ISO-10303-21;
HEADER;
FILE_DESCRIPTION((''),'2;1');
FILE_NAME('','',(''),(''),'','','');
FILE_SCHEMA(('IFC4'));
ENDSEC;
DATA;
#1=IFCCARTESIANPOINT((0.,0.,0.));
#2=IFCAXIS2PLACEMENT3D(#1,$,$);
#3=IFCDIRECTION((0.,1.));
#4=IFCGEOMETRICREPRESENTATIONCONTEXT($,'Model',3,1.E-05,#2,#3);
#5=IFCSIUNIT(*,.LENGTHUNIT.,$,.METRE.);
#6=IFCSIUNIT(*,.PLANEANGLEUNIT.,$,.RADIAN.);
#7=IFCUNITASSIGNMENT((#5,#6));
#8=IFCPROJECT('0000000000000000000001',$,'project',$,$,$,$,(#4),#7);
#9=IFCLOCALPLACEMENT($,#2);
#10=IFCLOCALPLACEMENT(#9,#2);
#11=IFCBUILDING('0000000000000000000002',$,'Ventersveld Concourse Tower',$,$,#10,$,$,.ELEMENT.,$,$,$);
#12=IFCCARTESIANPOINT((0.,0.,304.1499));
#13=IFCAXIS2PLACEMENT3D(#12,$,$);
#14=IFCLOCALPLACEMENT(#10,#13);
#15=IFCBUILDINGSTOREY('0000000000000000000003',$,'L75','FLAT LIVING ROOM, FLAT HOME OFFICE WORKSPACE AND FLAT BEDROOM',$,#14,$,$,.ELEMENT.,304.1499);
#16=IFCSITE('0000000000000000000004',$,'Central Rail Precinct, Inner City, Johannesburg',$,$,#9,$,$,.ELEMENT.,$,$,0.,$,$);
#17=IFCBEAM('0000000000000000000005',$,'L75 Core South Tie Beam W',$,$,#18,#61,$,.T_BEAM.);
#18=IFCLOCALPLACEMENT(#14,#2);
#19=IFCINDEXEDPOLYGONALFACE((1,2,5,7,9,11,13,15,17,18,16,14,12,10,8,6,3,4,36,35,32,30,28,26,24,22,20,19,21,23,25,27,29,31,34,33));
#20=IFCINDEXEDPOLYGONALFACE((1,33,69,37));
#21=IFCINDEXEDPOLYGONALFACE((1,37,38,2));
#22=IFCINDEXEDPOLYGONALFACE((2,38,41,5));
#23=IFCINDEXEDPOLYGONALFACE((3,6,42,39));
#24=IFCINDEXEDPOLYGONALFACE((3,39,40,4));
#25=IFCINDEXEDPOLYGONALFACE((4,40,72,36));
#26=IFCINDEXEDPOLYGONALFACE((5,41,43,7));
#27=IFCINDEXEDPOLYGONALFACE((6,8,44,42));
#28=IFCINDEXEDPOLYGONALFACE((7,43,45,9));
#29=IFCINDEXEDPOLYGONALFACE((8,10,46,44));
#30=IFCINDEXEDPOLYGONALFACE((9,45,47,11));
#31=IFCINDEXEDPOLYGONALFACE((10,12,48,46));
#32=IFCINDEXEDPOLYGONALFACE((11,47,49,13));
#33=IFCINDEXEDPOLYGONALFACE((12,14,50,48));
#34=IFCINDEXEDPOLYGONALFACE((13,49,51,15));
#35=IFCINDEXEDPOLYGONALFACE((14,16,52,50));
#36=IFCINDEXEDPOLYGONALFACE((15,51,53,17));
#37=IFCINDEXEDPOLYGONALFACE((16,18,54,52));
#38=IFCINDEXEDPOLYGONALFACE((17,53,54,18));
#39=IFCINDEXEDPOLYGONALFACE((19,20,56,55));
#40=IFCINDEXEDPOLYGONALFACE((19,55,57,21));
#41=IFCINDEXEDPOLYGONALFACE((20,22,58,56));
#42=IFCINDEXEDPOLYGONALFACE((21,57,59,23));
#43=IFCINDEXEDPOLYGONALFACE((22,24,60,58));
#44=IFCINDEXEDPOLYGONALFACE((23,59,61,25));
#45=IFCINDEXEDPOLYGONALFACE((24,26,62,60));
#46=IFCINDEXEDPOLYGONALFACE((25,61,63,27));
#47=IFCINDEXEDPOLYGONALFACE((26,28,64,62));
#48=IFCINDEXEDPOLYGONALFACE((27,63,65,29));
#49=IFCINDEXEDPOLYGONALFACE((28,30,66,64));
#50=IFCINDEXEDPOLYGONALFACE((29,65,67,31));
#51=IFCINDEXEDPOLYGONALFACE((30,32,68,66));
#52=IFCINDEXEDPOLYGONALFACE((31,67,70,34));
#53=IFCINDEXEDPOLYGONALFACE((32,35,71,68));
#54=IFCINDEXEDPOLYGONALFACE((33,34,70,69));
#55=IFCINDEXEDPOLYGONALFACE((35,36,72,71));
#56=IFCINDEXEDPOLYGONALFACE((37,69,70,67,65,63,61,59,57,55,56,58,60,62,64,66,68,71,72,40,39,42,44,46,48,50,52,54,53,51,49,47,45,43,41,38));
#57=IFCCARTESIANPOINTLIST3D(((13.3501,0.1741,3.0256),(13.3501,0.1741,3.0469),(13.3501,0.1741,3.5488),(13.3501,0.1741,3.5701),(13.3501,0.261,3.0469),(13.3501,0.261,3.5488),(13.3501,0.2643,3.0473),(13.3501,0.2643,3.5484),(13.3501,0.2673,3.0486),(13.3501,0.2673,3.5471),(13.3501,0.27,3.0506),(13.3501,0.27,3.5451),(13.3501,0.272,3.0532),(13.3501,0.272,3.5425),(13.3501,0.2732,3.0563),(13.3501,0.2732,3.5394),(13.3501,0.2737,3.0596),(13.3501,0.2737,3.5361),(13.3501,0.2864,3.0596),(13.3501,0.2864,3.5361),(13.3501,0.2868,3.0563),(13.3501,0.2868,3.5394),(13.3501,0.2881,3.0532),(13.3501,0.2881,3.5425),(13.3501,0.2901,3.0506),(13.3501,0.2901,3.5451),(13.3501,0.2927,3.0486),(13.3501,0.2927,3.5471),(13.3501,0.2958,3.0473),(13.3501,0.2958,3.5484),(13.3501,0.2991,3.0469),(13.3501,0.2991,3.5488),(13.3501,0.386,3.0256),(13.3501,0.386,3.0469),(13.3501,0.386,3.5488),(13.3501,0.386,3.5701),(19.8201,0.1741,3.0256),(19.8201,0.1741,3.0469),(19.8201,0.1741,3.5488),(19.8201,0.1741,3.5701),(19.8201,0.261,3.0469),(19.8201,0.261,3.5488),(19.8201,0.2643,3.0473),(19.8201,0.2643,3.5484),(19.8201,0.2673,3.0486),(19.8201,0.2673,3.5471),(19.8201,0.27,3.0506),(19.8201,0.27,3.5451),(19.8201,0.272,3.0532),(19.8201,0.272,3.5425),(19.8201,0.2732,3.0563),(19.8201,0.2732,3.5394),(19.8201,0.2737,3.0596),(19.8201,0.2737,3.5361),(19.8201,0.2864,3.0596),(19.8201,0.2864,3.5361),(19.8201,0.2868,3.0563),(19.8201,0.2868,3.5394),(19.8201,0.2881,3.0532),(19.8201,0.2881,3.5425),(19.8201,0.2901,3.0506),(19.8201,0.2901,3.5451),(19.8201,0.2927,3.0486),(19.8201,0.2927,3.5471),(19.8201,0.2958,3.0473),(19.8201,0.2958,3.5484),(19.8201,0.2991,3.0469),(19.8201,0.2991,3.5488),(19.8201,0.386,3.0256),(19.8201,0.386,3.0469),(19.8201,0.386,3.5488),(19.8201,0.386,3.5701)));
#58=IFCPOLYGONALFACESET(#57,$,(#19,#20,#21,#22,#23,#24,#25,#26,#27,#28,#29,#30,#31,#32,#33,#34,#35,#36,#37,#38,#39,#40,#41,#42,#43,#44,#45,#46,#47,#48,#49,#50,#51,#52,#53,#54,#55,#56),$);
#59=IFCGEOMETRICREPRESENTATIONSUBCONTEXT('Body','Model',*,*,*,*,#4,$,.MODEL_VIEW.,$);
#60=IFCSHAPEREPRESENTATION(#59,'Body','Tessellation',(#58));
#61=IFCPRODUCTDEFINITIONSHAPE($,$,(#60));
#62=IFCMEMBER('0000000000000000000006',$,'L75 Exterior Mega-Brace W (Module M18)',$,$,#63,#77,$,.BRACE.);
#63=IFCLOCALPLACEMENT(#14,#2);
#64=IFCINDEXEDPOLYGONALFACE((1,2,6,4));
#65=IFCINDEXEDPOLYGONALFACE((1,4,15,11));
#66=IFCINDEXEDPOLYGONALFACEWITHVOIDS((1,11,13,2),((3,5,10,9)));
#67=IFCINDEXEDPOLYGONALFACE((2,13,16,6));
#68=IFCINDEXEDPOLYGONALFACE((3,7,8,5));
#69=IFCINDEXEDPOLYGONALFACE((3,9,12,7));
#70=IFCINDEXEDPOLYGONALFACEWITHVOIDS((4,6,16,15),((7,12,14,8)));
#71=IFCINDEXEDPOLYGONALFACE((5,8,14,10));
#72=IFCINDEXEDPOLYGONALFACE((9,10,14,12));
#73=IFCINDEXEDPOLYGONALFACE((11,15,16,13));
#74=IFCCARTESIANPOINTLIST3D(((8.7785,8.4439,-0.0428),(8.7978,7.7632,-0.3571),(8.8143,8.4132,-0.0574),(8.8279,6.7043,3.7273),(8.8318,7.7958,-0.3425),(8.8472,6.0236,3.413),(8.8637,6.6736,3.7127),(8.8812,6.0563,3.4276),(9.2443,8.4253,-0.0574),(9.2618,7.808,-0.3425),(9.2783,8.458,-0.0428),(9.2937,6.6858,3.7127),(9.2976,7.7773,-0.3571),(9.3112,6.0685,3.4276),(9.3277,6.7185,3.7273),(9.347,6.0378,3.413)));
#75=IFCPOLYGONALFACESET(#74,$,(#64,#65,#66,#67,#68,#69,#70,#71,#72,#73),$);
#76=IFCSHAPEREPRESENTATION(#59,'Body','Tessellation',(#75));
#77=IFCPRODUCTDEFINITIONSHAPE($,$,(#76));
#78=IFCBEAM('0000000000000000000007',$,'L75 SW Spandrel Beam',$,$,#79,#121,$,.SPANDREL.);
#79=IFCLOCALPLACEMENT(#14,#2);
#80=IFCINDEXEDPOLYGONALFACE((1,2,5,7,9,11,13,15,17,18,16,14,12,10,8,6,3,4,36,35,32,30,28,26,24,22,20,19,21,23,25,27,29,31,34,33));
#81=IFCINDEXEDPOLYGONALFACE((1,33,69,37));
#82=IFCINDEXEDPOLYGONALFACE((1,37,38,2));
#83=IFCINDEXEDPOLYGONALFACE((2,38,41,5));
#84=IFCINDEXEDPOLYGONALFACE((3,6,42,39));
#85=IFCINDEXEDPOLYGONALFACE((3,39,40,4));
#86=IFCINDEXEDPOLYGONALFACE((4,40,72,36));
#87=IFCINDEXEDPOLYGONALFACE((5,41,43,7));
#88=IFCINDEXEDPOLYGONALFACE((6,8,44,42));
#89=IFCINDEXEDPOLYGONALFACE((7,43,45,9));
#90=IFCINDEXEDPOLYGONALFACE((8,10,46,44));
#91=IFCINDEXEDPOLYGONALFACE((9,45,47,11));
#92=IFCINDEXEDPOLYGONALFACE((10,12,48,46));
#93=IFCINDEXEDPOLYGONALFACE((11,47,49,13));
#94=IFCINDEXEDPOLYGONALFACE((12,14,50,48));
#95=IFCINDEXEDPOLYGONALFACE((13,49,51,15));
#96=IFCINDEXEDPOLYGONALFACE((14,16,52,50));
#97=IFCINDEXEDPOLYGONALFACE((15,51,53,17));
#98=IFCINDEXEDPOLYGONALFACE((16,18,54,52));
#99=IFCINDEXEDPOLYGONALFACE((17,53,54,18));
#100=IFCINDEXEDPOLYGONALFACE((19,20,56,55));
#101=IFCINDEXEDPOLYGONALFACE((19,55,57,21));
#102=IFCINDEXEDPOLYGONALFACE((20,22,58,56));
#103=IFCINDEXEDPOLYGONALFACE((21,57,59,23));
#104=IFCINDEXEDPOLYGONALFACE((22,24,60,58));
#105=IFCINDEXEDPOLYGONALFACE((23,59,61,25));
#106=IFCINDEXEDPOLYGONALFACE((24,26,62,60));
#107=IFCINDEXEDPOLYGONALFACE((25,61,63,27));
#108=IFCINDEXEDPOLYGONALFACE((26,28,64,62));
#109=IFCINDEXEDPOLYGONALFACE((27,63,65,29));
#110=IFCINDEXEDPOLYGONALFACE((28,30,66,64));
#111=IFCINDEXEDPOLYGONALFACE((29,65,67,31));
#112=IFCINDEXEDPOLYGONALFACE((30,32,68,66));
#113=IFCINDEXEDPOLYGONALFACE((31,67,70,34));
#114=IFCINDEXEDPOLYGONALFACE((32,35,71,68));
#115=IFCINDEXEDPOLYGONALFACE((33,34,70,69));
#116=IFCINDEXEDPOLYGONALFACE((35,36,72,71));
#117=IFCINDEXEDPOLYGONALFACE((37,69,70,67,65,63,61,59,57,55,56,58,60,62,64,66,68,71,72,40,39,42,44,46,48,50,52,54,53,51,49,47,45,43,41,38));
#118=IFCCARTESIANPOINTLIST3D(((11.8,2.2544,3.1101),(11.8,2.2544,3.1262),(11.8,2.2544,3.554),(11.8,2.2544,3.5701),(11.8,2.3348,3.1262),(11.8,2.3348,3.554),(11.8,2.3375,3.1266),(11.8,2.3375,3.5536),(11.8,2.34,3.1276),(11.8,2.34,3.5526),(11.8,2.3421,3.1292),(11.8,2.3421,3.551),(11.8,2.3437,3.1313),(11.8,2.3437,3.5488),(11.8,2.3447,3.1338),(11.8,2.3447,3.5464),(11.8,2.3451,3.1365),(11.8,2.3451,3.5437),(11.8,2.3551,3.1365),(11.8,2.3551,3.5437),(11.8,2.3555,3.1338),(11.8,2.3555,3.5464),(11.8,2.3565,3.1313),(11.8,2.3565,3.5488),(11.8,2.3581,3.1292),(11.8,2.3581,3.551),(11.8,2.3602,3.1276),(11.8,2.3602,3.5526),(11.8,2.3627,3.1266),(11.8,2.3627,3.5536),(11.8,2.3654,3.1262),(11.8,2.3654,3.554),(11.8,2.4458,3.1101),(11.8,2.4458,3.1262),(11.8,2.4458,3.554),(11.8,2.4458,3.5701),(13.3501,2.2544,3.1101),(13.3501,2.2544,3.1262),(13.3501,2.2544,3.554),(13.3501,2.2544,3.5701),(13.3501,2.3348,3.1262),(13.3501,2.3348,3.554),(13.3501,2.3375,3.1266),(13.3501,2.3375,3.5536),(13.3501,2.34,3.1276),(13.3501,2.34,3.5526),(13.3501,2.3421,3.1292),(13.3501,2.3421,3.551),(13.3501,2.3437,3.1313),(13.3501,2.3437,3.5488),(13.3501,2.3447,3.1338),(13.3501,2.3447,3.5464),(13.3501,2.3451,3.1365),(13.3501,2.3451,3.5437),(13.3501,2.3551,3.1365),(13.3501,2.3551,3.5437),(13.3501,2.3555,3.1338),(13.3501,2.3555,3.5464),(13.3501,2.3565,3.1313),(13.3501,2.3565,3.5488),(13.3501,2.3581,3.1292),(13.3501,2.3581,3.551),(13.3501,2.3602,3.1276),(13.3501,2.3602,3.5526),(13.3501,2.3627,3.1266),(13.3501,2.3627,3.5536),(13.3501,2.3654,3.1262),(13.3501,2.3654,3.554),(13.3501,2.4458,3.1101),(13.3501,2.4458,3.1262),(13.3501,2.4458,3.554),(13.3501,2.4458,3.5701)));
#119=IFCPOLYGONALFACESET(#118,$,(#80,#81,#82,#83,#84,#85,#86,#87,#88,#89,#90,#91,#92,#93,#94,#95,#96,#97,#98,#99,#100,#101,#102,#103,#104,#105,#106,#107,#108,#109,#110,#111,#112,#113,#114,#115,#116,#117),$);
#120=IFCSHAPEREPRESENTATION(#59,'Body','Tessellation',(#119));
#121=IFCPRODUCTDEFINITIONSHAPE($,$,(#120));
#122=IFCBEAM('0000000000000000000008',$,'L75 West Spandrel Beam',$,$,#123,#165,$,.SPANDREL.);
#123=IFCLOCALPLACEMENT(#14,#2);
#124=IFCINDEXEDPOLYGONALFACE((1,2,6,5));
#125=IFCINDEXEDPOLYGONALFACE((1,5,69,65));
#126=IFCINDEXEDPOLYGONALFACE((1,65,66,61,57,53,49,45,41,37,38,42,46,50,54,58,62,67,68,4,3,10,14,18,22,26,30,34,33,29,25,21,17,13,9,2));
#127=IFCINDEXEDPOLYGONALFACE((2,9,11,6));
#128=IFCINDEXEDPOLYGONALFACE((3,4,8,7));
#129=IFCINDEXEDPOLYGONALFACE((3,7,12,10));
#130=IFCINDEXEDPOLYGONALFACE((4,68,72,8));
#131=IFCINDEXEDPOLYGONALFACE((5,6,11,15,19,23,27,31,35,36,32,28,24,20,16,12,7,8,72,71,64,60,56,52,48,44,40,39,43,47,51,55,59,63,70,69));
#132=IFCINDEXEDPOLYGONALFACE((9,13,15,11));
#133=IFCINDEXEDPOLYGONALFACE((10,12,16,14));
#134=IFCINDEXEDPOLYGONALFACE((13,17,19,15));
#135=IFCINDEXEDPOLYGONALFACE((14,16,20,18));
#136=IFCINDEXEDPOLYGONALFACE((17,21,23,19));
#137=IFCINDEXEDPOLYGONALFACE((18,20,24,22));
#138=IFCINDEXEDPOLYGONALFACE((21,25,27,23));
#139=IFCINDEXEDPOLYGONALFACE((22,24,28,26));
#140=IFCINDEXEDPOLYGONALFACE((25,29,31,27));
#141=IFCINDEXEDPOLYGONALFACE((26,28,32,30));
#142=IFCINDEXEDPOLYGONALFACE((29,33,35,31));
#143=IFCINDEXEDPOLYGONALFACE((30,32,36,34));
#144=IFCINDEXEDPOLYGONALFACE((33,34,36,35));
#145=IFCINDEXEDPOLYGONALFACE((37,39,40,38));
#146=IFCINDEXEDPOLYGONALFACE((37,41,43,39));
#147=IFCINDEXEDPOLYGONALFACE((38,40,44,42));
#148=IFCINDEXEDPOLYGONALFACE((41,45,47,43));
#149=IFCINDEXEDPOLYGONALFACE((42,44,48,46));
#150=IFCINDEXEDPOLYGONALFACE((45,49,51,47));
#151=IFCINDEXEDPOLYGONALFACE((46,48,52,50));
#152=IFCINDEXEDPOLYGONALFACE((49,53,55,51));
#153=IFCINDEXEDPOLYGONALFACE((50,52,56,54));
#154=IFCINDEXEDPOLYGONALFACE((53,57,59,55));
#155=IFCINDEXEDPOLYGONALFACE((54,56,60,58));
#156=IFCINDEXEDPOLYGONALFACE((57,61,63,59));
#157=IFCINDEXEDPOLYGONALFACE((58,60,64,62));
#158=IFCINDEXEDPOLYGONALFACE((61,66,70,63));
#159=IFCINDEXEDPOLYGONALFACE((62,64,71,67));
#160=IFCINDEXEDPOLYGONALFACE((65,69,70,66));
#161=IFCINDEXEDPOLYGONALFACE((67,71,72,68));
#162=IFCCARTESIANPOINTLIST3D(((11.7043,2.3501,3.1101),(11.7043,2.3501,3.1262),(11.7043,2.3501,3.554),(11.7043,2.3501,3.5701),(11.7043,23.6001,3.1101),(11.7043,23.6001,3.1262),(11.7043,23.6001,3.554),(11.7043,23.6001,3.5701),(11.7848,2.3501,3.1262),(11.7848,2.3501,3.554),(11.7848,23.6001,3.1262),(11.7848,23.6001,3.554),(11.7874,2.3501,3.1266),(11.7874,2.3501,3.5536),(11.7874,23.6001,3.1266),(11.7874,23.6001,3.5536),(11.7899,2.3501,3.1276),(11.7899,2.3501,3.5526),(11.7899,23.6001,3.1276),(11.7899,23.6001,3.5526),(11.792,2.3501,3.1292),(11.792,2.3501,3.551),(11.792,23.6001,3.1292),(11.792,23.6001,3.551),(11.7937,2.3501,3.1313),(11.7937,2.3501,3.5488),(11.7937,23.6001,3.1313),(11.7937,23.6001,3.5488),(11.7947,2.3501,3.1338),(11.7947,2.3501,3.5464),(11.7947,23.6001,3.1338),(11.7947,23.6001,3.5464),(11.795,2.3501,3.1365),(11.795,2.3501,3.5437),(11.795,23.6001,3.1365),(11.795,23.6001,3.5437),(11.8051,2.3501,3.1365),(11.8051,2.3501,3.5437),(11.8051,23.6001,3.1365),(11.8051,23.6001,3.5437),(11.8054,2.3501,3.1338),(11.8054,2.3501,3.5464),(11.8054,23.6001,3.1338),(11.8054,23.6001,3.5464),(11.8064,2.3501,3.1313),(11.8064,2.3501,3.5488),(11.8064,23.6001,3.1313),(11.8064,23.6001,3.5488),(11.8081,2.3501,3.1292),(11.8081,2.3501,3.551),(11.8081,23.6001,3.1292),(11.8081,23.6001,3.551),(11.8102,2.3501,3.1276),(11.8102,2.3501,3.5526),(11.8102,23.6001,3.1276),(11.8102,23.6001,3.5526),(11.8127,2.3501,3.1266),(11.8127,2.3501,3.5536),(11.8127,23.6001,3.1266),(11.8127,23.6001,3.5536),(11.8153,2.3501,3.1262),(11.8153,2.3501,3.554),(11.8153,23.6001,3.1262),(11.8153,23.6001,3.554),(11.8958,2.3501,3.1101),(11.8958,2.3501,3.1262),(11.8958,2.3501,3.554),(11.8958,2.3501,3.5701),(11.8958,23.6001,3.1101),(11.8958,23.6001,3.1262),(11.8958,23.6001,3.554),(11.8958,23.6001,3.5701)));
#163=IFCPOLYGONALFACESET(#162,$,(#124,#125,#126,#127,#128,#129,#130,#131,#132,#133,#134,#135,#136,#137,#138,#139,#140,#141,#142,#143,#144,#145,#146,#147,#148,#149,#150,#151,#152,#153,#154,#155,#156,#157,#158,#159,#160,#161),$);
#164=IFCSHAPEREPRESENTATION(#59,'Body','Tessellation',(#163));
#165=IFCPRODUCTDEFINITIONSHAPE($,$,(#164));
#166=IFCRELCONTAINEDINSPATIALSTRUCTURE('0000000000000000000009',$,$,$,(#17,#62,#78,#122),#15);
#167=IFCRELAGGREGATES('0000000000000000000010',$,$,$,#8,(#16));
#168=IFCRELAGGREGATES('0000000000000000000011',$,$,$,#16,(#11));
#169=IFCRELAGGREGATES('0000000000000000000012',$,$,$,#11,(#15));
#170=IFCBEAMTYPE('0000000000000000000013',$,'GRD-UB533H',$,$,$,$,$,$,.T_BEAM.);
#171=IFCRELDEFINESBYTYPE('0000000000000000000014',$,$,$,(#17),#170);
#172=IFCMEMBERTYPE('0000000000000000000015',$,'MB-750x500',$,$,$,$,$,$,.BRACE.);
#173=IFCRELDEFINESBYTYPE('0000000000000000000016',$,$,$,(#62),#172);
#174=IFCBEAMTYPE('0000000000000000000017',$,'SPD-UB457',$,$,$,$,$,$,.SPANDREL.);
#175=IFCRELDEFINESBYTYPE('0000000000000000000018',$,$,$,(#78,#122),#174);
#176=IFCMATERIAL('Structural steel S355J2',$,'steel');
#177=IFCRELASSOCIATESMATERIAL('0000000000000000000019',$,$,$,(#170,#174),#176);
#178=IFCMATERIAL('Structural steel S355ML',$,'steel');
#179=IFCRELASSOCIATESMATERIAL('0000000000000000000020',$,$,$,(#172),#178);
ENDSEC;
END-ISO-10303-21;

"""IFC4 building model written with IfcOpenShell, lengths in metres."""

from ifc_helpers import new_model, si_unit, direction, frame, origin, origin_2d, place, context, subcontext, project, spatial, hollow_rectangle, i_section, extrude, material, material_profile, profile_set, type_object, element, save


model = new_model("IFC4")

# Units and contexts
model_context = context("Model", 3, precision=1e-05, world=origin(), true_north=direction((0.0, 1.0)))
body_context = subcontext(model_context, "Body", "Model", "MODEL_VIEW")
ifc_project = project(units=[si_unit("LENGTHUNIT", "METRE"), si_unit("PLANEANGLEUNIT", "RADIAN")], contexts=[model_context])

# Site, building, storey
site_placement = place(None, origin())
site = spatial("IfcSite", under=ifc_project, at=site_placement, Name="Central Rail Precinct, Inner City, Johannesburg", CompositionType="ELEMENT", RefElevation=0.0)
building_placement = place(site_placement, origin())
building = spatial("IfcBuilding", under=site, at=building_placement, Name="Ventersveld Concourse Tower", CompositionType="ELEMENT")
storey_placement = place(building_placement, frame((0.0, 0.0, 304.1499)))
storey = spatial("IfcBuildingStorey", under=building, at=storey_placement, Name="L75", Description="FLAT LIVING ROOM, FLAT HOME OFFICE WORKSPACE AND FLAT BEDROOM", CompositionType="ELEMENT", Elevation=304.1499)

# Beam
ifc_material_1 = material(Name="Structural steel S355J2", Category="steel")
ifc_material_profile_1 = material_profile(ifc_material_1, i_section(OverallWidth=0.2119, OverallDepth=0.5444, WebThickness=0.0127, FlangeThickness=0.0212, FilletRadius=0.0127, at=origin_2d()), Name="UB 533x210x122")
ifc_profile_set_1 = profile_set([ifc_material_profile_1], Name="Structural steel S355J2")
beam_type_1 = type_object("IfcBeamType", Name="GRD-UB533H", PredefinedType="T_BEAM", material=ifc_profile_set_1)
beam_1_placement = place(storey_placement, frame((13.3501, 0.28, 3.2979), z_axis=(1.0, 0.0, 0.0), x_axis=(0.0, 1.0, 0.0)))
element("IfcBeam", 1, at=beam_1_placement, inside=storey, type_object=beam_type_1, Name="L75 Core South Tie Beam W", PredefinedType="T_BEAM", context=body_context, shape_type="SweptSolid", body=[
    extrude(i_section(OverallWidth=0.2119, OverallDepth=0.5444, WebThickness=0.0127, FlangeThickness=0.0212, FilletRadius=0.0127, at=origin_2d()), origin(), (0.0, 0.0, 1.0), 6.47),
])

# Member
ifc_material_2 = material(Name="Structural steel S355ML", Category="steel")
ifc_material_profile_2 = material_profile(ifc_material_2, hollow_rectangle(XDim=0.5, YDim=0.75, WallThickness=0.0349, at=origin_2d()), Name="BOX 750x500x35")
ifc_profile_set_2 = profile_set([ifc_material_profile_2], Name="Structural steel S355ML")
member_type = type_object("IfcMemberType", Name="MB-750x500", PredefinedType="BRACE", material=ifc_profile_set_2)
member_placement = place(storey_placement, frame((9.0381, 8.1106, -0.2), z_axis=(0.011877, -0.418928, 0.907942), x_axis=(0.999598, 0.028339, 0.0)))
element("IfcMember", 2, at=member_placement, inside=storey, type_object=member_type, Name="L75 Exterior Mega-Brace W (Module M18)", PredefinedType="BRACE", context=body_context, shape_type="SweptSolid", body=[
    extrude(hollow_rectangle(XDim=0.5, YDim=0.75, WallThickness=0.0349, at=origin_2d()), origin(), (0.0, 0.0, 1.0), 4.1523),
])

# Beams
ifc_material_profile_3 = material_profile(ifc_material_1, i_section(OverallWidth=0.1914, OverallDepth=0.46, WebThickness=0.01, FlangeThickness=0.0161, FilletRadius=0.0103, at=origin_2d()), Name="UB 457x191x82")
ifc_profile_set_3 = profile_set([ifc_material_profile_3], Name="Structural steel S355J2")
beam_type_2 = type_object("IfcBeamType", Name="SPD-UB457", PredefinedType="SPANDREL", material=ifc_profile_set_3)
beam_2_placement = place(storey_placement, frame((11.8, 2.3501, 3.3401), z_axis=(1.0, 0.0, 0.0), x_axis=(0.0, 1.0, 0.0)))
element("IfcBeam", 3, at=beam_2_placement, inside=storey, type_object=beam_type_2, Name="L75 SW Spandrel Beam", PredefinedType="SPANDREL", context=body_context, shape_type="SweptSolid", body=[
    extrude(i_section(OverallWidth=0.1914, OverallDepth=0.46, WebThickness=0.01, FlangeThickness=0.0161, FilletRadius=0.0103, at=origin_2d()), origin(), (0.0, 0.0, 1.0), 1.55),
])
beam_3_placement = place(storey_placement, frame((11.8, 2.3501, 3.3401), z_axis=(0.0, 1.0, 0.0), x_axis=(-1.0, 0.0, 0.0)))
element("IfcBeam", 4, at=beam_3_placement, inside=storey, type_object=beam_type_2, Name="L75 West Spandrel Beam", PredefinedType="SPANDREL", context=body_context, shape_type="SweptSolid", body=[
    extrude(i_section(OverallWidth=0.1914, OverallDepth=0.46, WebThickness=0.01, FlangeThickness=0.0161, FilletRadius=0.0103, at=origin_2d()), origin(), (0.0, 0.0, 1.0), 21.25),
])

save(model, "model.ifc")
